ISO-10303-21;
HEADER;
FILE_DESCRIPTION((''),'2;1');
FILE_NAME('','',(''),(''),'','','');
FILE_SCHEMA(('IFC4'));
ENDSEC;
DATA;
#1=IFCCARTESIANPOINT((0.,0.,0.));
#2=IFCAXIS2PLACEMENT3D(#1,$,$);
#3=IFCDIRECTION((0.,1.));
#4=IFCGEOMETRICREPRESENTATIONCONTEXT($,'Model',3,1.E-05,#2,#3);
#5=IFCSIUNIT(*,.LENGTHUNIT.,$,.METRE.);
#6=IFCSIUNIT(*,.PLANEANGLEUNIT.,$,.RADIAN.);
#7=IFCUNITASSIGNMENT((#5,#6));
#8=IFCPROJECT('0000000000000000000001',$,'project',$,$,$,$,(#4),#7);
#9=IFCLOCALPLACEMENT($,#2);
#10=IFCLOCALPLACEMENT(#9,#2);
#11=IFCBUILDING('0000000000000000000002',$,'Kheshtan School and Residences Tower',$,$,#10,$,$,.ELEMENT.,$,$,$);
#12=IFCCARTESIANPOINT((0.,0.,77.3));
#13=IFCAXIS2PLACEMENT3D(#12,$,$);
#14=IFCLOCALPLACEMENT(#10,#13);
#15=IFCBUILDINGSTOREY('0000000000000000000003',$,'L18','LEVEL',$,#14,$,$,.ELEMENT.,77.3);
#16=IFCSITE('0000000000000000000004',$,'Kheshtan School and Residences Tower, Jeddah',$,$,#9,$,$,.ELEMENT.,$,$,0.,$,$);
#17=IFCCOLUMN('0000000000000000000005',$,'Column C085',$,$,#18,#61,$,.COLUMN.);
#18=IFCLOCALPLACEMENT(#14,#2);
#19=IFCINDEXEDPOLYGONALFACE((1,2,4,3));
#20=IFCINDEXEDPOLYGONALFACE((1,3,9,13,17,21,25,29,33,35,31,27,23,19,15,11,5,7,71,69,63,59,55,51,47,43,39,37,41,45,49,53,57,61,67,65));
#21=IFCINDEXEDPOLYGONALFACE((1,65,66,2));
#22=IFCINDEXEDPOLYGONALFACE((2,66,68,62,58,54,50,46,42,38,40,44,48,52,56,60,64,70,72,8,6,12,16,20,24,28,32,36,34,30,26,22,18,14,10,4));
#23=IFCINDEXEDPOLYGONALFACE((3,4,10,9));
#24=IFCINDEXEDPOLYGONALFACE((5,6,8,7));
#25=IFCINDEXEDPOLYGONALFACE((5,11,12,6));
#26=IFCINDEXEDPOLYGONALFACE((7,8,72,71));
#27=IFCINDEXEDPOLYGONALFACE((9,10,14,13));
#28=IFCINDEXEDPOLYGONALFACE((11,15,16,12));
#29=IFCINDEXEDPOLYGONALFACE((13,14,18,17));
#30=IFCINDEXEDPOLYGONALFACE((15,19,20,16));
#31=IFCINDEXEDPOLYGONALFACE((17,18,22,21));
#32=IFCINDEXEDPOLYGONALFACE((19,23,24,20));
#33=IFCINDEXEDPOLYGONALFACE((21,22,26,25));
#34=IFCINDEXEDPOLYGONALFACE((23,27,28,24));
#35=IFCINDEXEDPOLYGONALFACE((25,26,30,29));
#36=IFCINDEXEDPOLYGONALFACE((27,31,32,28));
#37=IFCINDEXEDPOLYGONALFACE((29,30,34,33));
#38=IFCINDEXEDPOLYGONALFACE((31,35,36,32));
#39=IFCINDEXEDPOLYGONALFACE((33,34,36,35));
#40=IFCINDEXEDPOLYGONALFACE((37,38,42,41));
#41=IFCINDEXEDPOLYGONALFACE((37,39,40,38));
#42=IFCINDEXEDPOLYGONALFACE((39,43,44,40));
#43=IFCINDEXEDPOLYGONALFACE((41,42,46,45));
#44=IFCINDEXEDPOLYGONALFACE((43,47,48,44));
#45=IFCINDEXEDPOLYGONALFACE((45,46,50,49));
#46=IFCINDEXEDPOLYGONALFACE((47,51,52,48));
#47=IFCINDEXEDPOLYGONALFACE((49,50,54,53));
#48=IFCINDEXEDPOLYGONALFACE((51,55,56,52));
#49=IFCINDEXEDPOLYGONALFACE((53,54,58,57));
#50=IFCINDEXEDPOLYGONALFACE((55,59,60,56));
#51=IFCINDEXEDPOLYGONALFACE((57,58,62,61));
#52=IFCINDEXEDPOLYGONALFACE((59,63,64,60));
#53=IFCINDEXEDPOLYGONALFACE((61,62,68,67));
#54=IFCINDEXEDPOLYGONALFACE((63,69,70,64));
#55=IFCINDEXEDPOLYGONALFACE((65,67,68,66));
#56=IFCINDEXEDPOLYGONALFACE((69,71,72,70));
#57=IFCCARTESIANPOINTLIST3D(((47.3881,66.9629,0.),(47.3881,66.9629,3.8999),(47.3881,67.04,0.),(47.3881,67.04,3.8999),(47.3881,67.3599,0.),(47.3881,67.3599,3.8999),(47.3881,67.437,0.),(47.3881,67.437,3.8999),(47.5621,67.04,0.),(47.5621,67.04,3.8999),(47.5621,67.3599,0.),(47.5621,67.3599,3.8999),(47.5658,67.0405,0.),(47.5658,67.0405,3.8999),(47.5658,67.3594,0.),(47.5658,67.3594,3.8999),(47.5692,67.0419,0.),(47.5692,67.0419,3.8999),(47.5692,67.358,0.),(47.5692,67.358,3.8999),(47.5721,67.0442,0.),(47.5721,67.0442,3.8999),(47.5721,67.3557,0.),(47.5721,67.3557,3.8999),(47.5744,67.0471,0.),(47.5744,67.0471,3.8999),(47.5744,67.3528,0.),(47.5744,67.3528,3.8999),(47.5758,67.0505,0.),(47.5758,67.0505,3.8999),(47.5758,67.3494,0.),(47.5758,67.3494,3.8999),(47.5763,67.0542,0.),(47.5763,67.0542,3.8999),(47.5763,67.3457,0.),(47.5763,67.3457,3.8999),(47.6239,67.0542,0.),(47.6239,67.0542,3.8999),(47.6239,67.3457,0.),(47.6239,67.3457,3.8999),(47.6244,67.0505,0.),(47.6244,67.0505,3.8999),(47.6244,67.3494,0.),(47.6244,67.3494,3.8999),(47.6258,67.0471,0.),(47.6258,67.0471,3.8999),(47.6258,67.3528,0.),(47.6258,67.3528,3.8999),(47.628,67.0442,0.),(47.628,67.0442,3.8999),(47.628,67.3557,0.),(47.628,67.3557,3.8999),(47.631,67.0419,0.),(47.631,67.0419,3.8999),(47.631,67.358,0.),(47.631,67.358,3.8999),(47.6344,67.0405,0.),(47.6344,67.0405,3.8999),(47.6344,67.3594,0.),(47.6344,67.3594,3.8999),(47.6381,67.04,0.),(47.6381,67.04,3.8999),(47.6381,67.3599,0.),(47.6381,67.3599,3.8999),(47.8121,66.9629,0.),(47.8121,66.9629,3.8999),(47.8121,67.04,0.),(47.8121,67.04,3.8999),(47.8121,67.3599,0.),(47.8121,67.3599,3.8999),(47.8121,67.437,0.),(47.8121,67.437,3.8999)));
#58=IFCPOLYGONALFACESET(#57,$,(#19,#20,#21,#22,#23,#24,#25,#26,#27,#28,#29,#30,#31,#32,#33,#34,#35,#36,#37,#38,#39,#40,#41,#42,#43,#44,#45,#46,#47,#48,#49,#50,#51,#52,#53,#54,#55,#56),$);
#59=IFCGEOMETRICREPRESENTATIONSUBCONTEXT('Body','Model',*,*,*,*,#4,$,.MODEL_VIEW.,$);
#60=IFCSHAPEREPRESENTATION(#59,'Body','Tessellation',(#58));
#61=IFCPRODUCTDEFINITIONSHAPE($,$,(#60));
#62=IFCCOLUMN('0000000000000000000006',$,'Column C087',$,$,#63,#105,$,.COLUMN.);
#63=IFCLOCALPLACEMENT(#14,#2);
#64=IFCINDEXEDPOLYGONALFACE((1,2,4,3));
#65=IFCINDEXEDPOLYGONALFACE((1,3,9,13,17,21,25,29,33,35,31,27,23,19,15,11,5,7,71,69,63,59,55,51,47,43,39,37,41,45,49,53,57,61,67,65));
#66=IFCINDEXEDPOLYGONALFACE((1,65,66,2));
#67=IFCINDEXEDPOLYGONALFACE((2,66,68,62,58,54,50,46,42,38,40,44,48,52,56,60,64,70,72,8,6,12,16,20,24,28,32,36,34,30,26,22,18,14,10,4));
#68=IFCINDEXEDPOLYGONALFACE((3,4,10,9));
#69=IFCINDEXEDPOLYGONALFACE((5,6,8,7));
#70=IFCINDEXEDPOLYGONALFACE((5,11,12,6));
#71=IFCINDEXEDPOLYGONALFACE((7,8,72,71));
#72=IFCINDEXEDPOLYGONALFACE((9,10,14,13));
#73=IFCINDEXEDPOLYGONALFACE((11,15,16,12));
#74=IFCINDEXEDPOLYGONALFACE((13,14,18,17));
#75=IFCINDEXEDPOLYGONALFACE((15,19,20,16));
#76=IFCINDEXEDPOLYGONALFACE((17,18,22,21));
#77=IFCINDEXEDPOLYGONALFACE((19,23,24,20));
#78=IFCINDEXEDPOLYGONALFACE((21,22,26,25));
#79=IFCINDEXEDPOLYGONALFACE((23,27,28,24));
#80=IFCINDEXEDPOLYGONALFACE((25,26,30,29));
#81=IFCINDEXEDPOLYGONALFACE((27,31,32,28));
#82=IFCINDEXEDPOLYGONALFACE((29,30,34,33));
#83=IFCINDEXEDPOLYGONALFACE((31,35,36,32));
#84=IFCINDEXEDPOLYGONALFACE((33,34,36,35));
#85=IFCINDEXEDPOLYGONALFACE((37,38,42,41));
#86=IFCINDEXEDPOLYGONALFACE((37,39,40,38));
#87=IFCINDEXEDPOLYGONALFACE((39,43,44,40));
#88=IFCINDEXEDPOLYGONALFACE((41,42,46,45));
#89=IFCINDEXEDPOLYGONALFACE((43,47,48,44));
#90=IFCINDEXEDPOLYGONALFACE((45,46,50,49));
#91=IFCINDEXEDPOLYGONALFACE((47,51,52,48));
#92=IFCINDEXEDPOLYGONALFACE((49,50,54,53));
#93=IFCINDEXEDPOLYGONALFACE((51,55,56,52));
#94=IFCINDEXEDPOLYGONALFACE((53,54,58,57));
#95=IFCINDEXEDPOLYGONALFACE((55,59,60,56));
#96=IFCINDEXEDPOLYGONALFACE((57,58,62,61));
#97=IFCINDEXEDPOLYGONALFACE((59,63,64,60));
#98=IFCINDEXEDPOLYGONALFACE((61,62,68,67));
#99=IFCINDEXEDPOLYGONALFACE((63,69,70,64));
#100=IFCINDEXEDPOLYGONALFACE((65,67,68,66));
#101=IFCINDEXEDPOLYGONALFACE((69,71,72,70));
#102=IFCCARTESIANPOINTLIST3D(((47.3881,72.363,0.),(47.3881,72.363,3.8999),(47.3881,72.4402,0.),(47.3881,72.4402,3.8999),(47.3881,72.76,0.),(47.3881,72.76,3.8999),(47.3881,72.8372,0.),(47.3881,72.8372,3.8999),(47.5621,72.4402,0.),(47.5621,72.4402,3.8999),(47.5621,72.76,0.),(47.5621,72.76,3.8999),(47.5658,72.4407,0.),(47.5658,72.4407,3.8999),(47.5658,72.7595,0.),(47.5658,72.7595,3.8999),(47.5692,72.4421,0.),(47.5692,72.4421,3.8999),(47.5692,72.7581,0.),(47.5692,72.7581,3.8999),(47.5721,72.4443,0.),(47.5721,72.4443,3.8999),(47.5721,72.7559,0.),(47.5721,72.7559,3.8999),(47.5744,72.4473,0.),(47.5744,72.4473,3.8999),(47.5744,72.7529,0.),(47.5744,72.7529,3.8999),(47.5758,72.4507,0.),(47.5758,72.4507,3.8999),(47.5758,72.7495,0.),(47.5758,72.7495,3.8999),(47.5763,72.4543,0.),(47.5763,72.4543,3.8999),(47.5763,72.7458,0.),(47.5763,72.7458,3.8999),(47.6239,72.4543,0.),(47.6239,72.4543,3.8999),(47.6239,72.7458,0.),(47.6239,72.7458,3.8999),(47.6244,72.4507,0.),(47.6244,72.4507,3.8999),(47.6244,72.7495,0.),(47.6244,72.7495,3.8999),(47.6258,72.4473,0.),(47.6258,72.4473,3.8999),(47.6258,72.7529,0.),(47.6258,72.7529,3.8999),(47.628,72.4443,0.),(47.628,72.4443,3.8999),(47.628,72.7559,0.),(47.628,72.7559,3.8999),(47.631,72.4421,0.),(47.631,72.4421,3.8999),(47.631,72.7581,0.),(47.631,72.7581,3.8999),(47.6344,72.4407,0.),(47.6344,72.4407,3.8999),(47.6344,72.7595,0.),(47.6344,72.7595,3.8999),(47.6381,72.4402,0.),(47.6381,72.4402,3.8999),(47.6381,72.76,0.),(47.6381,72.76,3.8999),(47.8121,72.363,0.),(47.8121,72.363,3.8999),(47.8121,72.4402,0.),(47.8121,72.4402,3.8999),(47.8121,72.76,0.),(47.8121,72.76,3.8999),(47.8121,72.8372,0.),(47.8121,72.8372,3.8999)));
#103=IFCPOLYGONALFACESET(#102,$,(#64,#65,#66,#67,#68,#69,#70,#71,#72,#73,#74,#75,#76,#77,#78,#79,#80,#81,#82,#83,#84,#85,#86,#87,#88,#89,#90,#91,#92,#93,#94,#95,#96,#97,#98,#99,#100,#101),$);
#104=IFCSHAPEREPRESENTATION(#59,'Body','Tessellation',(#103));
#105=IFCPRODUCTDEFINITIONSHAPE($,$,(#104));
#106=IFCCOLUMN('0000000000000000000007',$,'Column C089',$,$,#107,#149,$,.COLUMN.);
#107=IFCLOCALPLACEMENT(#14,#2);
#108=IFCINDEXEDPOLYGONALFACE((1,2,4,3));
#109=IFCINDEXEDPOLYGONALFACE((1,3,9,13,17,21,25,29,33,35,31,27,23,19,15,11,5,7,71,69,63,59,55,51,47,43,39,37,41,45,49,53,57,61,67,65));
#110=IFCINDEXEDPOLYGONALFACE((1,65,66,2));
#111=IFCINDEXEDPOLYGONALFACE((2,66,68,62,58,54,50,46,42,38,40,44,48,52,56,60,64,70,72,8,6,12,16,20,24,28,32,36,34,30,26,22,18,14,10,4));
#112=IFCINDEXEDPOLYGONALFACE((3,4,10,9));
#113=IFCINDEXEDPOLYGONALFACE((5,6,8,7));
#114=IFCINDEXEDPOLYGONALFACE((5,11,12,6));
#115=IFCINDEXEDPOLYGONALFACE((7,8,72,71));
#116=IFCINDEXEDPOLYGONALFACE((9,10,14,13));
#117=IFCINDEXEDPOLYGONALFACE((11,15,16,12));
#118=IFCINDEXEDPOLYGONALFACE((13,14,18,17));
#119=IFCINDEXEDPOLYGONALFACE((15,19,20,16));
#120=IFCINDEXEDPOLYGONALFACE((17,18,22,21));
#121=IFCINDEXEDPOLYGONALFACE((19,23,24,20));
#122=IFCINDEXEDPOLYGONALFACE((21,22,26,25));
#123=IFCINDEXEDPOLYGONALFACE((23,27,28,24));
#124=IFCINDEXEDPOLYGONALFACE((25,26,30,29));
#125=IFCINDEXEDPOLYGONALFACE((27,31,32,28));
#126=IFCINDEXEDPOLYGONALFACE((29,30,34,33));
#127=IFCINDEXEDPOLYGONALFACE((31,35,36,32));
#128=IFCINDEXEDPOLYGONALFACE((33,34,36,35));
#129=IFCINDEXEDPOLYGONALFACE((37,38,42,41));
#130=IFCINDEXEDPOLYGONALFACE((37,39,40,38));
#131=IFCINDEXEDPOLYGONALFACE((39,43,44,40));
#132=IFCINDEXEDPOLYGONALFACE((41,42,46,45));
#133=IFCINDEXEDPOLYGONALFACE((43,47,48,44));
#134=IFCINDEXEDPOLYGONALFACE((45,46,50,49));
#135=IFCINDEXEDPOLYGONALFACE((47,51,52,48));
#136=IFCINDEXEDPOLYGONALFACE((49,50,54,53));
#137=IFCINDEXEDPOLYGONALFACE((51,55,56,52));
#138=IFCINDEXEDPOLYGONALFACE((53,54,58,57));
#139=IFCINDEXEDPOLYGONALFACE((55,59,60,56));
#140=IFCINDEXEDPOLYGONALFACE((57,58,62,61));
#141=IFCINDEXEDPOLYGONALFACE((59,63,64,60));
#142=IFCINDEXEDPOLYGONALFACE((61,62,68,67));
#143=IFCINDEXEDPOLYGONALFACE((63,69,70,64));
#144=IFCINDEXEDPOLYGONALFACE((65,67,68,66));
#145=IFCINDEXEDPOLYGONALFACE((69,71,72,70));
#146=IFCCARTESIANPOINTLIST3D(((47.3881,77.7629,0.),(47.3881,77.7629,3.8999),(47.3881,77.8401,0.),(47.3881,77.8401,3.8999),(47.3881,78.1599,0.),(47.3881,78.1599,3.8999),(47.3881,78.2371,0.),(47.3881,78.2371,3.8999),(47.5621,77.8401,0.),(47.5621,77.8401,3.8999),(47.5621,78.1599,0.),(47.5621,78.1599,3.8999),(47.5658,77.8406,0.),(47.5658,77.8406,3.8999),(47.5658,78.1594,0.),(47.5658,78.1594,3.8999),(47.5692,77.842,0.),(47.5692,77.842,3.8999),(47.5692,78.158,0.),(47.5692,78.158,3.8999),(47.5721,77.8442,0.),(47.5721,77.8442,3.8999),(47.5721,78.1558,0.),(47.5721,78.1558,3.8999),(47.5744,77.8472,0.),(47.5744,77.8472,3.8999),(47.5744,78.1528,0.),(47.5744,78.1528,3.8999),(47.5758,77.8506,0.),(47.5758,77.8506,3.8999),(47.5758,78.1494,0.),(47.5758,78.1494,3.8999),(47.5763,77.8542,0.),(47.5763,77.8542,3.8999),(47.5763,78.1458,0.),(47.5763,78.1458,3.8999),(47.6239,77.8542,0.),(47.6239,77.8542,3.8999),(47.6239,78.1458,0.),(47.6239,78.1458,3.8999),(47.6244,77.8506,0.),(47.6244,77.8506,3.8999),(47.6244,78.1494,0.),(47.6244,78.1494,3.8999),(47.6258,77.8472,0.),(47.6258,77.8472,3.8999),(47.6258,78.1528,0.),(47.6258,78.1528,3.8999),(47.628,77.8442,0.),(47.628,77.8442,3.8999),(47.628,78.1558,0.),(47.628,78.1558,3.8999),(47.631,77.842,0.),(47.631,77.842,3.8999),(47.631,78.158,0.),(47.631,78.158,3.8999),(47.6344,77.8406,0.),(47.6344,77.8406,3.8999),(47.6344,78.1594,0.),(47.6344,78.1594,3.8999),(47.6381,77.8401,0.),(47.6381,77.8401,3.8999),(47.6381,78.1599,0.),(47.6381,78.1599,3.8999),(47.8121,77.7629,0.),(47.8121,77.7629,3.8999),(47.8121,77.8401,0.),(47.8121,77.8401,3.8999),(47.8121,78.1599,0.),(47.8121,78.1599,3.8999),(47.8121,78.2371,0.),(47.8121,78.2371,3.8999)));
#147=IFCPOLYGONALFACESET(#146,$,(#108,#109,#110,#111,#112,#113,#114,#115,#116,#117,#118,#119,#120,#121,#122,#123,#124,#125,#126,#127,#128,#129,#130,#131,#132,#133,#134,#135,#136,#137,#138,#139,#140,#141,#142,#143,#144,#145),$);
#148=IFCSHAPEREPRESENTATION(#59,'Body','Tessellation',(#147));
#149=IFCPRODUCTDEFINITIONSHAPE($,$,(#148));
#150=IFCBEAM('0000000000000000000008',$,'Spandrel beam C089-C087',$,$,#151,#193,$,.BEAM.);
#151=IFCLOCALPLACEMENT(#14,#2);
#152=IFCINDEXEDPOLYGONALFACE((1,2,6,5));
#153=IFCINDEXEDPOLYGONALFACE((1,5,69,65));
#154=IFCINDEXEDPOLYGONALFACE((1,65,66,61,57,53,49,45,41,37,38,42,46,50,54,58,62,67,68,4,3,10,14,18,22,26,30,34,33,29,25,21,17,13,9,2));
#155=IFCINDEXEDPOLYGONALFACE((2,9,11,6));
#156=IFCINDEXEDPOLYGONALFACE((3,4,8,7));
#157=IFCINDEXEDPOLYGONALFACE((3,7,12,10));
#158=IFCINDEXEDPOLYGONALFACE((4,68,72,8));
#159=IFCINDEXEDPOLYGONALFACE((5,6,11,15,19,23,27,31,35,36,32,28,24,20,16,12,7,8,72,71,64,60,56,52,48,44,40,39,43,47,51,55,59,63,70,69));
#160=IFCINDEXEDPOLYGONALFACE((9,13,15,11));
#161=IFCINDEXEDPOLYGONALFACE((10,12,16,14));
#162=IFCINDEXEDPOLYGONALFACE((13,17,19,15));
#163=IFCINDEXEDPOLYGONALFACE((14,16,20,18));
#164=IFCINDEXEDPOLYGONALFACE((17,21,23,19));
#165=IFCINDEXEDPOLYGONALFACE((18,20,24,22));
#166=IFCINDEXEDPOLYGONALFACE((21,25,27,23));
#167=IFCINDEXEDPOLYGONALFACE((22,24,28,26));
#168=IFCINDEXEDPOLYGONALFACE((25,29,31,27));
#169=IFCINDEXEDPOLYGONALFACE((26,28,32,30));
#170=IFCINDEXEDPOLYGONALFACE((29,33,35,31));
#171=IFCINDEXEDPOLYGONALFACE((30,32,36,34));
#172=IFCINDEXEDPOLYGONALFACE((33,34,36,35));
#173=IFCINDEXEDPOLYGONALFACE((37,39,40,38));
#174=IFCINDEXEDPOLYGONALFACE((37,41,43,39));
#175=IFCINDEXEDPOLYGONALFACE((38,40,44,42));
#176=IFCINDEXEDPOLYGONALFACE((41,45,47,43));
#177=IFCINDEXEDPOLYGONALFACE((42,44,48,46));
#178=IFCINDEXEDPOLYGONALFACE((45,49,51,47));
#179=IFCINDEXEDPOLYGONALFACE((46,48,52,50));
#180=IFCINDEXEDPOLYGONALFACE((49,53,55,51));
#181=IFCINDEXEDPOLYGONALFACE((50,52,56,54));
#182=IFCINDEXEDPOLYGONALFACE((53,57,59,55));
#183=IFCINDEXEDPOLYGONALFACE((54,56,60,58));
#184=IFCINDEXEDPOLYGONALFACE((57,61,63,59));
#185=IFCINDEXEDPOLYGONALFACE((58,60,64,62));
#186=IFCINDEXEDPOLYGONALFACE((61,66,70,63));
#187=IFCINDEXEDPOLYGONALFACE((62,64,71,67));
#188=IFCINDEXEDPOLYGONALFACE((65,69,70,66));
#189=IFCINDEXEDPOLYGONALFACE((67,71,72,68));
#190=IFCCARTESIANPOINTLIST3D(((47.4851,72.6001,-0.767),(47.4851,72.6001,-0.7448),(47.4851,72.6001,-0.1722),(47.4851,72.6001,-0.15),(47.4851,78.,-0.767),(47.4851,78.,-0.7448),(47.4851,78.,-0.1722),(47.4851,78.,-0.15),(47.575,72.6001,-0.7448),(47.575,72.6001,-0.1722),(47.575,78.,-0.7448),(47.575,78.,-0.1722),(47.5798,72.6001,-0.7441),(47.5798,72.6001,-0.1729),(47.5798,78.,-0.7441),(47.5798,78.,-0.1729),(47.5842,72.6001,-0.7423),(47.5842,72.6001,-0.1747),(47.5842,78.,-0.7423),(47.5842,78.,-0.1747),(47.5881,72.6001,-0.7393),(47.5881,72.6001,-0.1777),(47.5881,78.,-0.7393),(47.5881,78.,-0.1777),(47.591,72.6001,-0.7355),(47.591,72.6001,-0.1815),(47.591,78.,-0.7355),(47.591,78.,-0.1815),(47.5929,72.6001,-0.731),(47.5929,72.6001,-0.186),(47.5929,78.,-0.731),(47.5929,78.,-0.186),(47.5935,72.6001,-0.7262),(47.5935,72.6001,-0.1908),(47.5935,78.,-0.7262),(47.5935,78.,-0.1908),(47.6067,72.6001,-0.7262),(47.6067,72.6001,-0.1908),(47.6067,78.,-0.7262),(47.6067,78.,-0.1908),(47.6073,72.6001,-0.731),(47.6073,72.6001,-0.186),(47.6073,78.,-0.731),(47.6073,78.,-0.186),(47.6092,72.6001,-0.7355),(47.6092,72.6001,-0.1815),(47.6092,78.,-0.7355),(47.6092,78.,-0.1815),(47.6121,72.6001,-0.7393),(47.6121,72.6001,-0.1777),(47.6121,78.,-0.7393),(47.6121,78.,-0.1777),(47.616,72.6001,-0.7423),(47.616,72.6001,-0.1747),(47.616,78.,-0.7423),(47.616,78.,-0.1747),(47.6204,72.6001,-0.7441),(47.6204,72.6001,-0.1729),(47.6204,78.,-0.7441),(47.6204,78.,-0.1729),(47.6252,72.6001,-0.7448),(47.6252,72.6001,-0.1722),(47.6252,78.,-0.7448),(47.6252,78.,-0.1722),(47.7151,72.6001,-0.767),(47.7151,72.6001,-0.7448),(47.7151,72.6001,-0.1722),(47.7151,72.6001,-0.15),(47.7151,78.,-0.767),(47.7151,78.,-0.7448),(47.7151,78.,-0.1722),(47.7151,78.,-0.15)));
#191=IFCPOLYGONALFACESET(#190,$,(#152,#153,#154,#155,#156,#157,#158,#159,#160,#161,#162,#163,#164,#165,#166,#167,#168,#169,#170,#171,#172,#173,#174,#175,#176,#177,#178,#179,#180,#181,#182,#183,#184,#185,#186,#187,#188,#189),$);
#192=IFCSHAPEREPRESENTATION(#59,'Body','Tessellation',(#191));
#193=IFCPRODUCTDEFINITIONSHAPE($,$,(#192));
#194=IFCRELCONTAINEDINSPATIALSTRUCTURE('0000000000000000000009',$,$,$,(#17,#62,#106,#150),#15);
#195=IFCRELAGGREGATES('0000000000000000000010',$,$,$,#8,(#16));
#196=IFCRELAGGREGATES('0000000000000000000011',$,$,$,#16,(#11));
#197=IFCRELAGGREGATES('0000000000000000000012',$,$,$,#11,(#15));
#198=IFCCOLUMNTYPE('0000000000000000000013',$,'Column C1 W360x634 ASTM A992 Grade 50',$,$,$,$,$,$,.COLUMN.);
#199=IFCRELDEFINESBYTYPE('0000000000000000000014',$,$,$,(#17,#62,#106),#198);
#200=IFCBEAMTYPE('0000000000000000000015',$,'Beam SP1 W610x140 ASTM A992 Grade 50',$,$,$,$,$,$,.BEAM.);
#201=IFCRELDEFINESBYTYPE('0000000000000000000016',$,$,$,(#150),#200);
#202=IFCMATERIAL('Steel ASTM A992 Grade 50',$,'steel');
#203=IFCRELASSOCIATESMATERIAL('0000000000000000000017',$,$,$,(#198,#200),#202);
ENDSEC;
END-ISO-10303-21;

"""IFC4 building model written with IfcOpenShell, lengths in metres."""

from ifc_helpers import new_model, si_unit, direction, frame, origin, origin_2d, place, context, subcontext, project, spatial, i_section, extrude, material, material_profile, profile_set, type_object, element, save


model = new_model("IFC4")

# Units and contexts
model_context = context("Model", 3, precision=1e-05, world=origin(), true_north=direction((0.0, 1.0)))
body_context = subcontext(model_context, "Body", "Model", "MODEL_VIEW")
ifc_project = project(units=[si_unit("LENGTHUNIT", "METRE"), si_unit("PLANEANGLEUNIT", "RADIAN")], contexts=[model_context])

# Site, building, storey
site_placement = place(None, origin())
site = spatial("IfcSite", under=ifc_project, at=site_placement, Name="Kheshtan School and Residences Tower, Jeddah", CompositionType="ELEMENT", RefElevation=0.0)
building_placement = place(site_placement, origin())
building = spatial("IfcBuilding", under=site, at=building_placement, Name="Kheshtan School and Residences Tower", CompositionType="ELEMENT")
storey_placement = place(building_placement, frame((0.0, 0.0, 77.3)))
storey = spatial("IfcBuildingStorey", under=building, at=storey_placement, Name="L18", Description="LEVEL", CompositionType="ELEMENT", Elevation=77.3)

# Columns
ifc_material_1 = material(Name="Steel ASTM A992 Grade 50", Category="steel")
ifc_material_profile_1 = material_profile(ifc_material_1, i_section(OverallWidth=0.4241, OverallDepth=0.4741, WebThickness=0.0476, FlangeThickness=0.0771, FilletRadius=0.0142, at=origin_2d()), Name="W360x634")
ifc_profile_set_1 = profile_set([ifc_material_profile_1], Name="Steel ASTM A992 Grade 50")
column_type = type_object("IfcColumnType", Name="Column C1 W360x634 ASTM A992 Grade 50", PredefinedType="COLUMN", material=ifc_profile_set_1)
for number, where, z_axis, x_axis, name in (
    (1, (47.6001, 67.2, 0.0), (0.0, 0.0, 1.0), (1.0, 0.0, 0.0), "Column C085"),
    (2, (47.6001, 72.6001, 0.0), (0.0, 0.0, 1.0), (1.0, 0.0, 0.0), "Column C087"),
    (3, (47.6001, 78.0, 0.0), (0.0, 0.0, 1.0), (1.0, 0.0, 0.0), "Column C089"),
):
    element("IfcColumn", number, at=place(storey_placement, frame(where, z_axis=z_axis, x_axis=x_axis)), inside=storey, type_object=column_type, Name=name, PredefinedType="COLUMN", context=body_context, shape_type="SweptSolid", body=[
        extrude(i_section(OverallWidth=0.4241, OverallDepth=0.4741, WebThickness=0.0476, FlangeThickness=0.0771, FilletRadius=0.0142, at=origin_2d()), origin(), (0.0, 0.0, 1.0), 3.8999),
    ])

# Beam
ifc_material_profile_2 = material_profile(ifc_material_1, i_section(OverallWidth=0.23, OverallDepth=0.6169, WebThickness=0.0132, FlangeThickness=0.0222, FilletRadius=0.0186, at=origin_2d()), Name="W610x140")
ifc_profile_set_2 = profile_set([ifc_material_profile_2], Name="Steel ASTM A992 Grade 50")
beam_type = type_object("IfcBeamType", Name="Beam SP1 W610x140 ASTM A992 Grade 50", PredefinedType="BEAM", material=ifc_profile_set_2)
beam_1_placement = place(storey_placement, frame((47.6001, 78.0, -0.4585), z_axis=(0.0, -1.0, 0.0), x_axis=(1.0, 0.0, 0.0)))
element("IfcBeam", 4, at=beam_1_placement, inside=storey, type_object=beam_type, Name="Spandrel beam C089-C087", PredefinedType="BEAM", context=body_context, shape_type="SweptSolid", body=[
    extrude(i_section(OverallWidth=0.23, OverallDepth=0.6169, WebThickness=0.0132, FlangeThickness=0.0222, FilletRadius=0.0186, at=origin_2d()), origin(), (0.0, 0.0, 1.0), 5.3999),
])

save(model, "model.ifc")
